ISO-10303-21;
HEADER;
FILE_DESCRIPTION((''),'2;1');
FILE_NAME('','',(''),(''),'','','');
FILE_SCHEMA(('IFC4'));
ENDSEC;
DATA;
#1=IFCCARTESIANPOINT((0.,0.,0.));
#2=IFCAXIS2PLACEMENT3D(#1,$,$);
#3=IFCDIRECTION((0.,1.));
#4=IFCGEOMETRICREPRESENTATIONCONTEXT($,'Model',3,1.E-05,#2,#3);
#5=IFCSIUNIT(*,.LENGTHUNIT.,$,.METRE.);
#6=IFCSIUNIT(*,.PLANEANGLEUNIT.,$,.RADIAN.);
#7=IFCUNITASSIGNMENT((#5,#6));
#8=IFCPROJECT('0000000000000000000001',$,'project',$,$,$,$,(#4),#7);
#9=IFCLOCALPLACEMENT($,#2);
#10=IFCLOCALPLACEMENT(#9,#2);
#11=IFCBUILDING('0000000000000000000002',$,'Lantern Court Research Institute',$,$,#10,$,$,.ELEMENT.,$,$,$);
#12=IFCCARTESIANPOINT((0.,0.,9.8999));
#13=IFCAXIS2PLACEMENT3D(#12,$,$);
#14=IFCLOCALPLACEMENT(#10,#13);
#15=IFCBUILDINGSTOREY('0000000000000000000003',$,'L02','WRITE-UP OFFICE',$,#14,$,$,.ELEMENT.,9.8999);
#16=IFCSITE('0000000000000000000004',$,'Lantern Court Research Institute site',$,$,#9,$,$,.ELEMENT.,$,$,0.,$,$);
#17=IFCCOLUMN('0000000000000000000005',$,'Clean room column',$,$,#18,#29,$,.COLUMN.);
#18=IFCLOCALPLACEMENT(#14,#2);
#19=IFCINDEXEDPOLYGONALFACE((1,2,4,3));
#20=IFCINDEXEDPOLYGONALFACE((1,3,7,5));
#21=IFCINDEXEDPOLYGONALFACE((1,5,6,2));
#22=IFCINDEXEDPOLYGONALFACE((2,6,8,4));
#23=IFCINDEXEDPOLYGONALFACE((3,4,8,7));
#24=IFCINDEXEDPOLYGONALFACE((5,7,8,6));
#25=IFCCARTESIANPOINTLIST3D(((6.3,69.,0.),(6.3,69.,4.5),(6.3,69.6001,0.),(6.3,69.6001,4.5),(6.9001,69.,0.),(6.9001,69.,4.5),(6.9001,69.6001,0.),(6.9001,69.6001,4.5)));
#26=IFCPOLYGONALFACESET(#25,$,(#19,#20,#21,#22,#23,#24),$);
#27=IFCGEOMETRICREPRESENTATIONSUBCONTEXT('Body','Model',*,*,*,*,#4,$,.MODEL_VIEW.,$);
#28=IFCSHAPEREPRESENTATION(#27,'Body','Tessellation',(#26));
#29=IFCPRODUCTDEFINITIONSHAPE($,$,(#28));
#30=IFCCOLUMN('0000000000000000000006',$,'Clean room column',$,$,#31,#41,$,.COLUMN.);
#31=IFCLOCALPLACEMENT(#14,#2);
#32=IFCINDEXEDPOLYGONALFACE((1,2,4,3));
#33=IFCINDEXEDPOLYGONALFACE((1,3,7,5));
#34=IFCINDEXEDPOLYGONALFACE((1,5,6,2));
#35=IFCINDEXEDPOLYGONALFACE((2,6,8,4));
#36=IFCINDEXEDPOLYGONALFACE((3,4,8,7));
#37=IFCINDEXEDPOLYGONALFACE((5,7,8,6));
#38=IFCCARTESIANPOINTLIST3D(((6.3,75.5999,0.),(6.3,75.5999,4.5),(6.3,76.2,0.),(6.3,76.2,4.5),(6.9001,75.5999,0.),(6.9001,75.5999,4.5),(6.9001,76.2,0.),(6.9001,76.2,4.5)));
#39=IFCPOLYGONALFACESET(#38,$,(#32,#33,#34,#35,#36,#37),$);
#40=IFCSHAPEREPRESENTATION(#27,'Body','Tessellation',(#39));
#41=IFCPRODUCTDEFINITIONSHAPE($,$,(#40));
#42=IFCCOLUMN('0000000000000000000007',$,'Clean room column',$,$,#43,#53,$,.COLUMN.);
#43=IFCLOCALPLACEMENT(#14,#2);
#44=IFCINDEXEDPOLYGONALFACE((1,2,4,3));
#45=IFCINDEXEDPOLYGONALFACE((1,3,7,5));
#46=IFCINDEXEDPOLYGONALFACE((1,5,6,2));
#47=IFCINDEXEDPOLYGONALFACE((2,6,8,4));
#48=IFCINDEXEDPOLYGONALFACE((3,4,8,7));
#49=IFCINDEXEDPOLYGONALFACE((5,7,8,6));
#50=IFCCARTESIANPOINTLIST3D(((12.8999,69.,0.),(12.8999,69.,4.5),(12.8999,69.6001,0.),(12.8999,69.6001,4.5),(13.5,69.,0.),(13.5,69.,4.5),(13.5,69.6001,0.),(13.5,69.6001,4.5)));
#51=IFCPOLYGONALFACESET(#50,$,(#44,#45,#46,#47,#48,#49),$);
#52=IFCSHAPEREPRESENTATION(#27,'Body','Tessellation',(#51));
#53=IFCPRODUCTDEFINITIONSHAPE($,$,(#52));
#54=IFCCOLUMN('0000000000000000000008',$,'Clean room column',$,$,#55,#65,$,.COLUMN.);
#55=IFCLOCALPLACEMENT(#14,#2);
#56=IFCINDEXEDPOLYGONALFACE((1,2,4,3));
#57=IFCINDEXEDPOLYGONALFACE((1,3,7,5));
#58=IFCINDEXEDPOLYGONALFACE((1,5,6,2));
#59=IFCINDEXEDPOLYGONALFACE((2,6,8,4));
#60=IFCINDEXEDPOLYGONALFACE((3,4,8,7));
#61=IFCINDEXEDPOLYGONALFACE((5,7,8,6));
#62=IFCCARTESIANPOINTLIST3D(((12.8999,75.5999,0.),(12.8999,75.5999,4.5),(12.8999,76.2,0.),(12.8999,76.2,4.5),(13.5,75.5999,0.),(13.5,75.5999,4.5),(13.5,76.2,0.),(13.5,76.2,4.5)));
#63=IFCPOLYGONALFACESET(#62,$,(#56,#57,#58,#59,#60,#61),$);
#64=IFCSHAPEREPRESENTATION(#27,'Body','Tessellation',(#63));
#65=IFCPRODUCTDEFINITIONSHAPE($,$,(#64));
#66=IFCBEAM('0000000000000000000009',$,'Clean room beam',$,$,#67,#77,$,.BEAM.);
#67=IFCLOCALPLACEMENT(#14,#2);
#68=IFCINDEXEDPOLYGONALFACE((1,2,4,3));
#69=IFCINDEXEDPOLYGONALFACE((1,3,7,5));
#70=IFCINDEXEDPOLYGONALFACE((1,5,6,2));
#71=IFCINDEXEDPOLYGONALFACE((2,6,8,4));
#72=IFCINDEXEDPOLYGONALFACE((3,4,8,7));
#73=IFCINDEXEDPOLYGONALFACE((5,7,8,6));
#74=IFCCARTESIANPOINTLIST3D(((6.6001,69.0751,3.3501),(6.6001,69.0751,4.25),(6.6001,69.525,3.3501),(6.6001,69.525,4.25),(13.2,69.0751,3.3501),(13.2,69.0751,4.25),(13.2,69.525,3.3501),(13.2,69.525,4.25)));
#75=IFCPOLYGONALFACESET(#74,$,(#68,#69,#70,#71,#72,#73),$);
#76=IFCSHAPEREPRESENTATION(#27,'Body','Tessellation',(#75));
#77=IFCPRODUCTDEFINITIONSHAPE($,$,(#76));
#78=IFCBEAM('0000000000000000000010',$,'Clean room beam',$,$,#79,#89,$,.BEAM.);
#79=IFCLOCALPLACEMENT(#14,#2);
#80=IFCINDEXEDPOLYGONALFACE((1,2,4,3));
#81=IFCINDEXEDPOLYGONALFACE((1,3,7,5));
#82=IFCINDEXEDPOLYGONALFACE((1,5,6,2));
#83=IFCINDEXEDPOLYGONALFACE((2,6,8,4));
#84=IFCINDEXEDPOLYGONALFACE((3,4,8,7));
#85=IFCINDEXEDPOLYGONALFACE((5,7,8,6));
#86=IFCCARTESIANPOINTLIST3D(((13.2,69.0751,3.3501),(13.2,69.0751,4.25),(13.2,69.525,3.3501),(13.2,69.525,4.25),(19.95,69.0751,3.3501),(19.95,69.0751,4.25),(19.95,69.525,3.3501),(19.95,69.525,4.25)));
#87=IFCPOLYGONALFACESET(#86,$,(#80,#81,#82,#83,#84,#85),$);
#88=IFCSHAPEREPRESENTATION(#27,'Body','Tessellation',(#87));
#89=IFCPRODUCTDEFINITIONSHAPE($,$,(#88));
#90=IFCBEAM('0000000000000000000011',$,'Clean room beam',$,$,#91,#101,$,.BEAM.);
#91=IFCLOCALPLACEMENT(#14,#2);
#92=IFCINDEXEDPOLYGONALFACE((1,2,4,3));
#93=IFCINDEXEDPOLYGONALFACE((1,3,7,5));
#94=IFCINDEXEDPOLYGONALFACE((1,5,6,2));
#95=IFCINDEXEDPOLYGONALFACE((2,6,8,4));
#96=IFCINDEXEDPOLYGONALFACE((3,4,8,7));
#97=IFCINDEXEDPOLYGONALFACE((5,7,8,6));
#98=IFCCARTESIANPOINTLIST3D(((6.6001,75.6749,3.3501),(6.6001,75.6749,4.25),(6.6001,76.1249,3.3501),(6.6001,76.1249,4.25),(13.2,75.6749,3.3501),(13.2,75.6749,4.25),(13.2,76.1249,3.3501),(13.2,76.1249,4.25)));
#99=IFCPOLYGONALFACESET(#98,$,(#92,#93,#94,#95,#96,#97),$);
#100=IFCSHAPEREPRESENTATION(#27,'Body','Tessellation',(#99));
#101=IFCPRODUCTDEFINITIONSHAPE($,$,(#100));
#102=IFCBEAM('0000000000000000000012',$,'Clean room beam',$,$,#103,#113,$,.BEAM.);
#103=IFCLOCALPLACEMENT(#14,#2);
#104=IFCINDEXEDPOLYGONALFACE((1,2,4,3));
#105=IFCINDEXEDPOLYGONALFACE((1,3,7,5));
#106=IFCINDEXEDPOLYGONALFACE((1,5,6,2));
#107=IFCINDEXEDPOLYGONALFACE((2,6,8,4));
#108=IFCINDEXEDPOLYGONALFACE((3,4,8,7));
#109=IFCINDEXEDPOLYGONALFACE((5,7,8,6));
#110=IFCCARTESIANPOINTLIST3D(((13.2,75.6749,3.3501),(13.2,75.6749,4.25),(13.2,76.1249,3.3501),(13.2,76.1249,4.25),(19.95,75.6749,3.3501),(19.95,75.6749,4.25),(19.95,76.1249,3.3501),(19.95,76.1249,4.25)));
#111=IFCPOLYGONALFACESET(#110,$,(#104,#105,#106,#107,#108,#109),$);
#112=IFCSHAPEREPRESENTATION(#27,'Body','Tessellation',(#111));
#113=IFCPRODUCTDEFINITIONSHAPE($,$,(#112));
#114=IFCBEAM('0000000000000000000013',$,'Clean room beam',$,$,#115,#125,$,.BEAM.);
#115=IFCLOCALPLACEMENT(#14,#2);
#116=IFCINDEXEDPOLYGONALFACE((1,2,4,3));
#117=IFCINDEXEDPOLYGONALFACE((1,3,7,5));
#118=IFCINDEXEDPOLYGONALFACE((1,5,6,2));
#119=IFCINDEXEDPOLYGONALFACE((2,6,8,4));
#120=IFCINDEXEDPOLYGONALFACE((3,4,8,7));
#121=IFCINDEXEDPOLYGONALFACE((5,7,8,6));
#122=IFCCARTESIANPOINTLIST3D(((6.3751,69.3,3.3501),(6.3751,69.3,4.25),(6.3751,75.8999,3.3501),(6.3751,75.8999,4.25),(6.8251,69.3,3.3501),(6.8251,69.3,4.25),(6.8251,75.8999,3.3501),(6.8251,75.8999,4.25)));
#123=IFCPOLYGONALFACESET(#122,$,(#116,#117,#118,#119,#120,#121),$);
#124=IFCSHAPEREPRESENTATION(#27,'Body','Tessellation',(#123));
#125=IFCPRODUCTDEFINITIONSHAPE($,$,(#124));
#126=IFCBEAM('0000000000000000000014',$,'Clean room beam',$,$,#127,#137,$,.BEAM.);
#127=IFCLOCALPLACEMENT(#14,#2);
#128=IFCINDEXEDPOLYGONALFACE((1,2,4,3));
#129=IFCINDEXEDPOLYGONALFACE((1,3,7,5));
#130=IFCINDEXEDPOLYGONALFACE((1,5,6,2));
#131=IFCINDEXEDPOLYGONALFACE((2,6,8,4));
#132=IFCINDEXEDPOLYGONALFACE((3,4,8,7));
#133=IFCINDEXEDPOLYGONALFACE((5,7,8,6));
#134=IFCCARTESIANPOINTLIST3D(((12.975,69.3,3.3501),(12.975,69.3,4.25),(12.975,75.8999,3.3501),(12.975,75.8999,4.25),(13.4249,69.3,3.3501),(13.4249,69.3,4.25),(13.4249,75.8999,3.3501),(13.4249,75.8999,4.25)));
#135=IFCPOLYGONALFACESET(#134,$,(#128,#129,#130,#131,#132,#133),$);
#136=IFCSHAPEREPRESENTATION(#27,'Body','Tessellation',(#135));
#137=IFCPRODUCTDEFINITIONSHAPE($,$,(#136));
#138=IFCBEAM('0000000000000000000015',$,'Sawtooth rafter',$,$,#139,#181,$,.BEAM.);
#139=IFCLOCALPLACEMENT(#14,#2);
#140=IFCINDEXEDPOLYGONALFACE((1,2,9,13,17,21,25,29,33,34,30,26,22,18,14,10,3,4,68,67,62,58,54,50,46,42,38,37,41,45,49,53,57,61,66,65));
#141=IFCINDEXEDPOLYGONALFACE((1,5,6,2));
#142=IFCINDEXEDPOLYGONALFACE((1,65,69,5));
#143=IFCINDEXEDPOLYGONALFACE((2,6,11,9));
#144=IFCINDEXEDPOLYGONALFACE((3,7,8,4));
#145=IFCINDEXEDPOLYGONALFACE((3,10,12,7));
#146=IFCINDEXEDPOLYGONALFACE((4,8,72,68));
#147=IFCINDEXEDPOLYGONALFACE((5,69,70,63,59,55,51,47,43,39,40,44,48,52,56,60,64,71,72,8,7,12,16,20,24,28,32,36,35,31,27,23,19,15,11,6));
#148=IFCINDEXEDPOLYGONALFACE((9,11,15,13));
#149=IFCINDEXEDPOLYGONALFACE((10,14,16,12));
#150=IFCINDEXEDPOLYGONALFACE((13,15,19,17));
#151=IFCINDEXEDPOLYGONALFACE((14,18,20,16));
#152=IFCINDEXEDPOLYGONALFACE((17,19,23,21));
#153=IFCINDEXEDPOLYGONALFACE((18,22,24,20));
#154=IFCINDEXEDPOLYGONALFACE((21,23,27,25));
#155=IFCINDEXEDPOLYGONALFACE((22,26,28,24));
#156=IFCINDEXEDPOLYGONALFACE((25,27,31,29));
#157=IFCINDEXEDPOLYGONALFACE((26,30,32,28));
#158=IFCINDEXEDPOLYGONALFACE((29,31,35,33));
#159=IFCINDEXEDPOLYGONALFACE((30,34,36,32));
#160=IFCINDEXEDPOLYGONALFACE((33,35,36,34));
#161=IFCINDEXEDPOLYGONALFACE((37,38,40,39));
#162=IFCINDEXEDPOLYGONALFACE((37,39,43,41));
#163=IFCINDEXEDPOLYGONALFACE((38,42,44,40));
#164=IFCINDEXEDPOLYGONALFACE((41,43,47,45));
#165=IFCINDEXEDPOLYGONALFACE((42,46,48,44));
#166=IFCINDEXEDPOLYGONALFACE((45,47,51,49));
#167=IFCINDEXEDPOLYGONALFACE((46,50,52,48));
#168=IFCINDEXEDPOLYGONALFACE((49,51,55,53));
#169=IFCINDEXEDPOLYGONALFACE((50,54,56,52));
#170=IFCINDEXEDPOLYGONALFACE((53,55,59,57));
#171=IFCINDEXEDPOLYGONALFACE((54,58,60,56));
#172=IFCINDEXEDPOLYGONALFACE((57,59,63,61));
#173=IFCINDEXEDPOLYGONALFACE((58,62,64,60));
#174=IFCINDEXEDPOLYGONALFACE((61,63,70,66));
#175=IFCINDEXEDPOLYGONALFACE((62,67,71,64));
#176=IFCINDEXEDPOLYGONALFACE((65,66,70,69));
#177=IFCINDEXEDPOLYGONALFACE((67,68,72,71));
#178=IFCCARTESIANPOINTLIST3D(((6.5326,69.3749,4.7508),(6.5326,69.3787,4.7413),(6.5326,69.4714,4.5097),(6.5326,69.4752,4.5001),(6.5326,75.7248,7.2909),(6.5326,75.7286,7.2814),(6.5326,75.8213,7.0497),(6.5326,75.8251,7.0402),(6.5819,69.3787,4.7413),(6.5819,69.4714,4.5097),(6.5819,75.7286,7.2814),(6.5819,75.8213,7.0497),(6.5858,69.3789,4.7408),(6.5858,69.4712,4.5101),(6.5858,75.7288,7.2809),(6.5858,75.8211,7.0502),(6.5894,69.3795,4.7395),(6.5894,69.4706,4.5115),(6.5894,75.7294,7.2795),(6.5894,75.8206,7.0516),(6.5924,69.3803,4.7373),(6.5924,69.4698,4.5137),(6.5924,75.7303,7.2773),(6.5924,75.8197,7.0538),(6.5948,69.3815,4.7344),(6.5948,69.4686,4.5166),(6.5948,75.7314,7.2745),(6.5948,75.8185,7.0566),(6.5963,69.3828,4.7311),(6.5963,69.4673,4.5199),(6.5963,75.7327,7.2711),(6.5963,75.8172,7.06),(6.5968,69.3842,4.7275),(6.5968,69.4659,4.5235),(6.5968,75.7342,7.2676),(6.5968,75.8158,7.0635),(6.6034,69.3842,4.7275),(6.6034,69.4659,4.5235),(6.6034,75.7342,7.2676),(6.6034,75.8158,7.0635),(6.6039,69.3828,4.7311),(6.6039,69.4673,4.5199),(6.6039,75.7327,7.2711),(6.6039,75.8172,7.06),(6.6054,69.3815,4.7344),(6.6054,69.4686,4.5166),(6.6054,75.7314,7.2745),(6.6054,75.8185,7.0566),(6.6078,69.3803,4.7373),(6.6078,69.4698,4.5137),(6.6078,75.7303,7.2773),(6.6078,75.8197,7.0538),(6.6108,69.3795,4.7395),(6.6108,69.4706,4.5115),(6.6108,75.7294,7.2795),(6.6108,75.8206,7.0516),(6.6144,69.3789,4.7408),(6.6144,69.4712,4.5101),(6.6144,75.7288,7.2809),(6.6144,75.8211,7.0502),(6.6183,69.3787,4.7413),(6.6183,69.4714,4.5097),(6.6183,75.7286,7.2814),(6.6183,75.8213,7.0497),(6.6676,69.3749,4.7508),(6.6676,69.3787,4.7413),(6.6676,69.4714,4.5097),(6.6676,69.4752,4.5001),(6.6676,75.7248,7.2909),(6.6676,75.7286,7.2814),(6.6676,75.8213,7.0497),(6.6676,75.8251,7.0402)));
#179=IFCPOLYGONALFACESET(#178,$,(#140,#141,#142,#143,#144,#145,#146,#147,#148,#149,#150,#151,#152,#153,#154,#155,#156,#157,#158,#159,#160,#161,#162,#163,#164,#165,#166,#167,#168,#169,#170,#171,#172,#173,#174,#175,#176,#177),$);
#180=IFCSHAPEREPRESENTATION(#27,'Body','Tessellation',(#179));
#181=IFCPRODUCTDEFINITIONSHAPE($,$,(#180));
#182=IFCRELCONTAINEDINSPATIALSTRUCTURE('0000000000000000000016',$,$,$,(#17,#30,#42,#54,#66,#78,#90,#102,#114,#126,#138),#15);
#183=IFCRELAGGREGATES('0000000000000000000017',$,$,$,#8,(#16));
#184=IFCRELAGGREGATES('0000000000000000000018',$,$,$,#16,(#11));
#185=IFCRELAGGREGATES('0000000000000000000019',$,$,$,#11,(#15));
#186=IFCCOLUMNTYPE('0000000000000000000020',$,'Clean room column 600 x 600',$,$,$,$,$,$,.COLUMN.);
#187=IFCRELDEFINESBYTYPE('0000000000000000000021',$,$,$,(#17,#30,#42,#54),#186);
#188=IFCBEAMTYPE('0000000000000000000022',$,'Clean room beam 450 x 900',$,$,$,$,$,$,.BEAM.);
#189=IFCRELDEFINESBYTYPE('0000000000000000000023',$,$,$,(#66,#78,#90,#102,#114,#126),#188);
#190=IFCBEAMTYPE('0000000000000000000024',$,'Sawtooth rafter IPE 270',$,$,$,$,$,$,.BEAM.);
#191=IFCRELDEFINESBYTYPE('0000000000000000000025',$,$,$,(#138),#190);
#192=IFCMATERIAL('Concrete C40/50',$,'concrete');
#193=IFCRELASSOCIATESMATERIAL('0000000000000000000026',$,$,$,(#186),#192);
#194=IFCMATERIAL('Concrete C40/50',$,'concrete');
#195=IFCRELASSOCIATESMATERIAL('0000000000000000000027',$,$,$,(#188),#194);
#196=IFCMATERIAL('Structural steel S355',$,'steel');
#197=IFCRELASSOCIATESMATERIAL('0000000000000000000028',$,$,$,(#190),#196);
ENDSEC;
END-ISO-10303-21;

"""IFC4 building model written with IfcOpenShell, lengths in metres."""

from ifc_helpers import new_model, si_unit, direction, frame, origin, origin_2d, place, context, subcontext, project, spatial, rectangle, i_section, extrude, material, material_profile, profile_set, type_object, element, save


model = new_model("IFC4")

# Units and contexts
model_context = context("Model", 3, precision=1e-05, world=origin(), true_north=direction((0.0, 1.0)))
body_context = subcontext(model_context, "Body", "Model", "MODEL_VIEW")
ifc_project = project(units=[si_unit("LENGTHUNIT", "METRE"), si_unit("PLANEANGLEUNIT", "RADIAN")], contexts=[model_context])

# Site, building, storey
site_placement = place(None, origin())
site = spatial("IfcSite", under=ifc_project, at=site_placement, Name="Lantern Court Research Institute site", CompositionType="ELEMENT", RefElevation=0.0)
building_placement = place(site_placement, origin())
building = spatial("IfcBuilding", under=site, at=building_placement, Name="Lantern Court Research Institute", CompositionType="ELEMENT")
storey_placement = place(building_placement, frame((0.0, 0.0, 9.8999)))
storey = spatial("IfcBuildingStorey", under=building, at=storey_placement, Name="L02", Description="WRITE-UP OFFICE", CompositionType="ELEMENT", Elevation=9.8999)

# Columns
ifc_material_1 = material(Name="Concrete C40/50", Category="concrete")
ifc_material_profile_1 = material_profile(ifc_material_1, rectangle(XDim=0.6001, YDim=0.6001, at=origin_2d()), Name="Clean room column 600 x 600")
ifc_profile_set_1 = profile_set([ifc_material_profile_1], Name="Concrete C40/50")
column_type = type_object("IfcColumnType", Name="Clean room column 600 x 600", PredefinedType="COLUMN", material=ifc_profile_set_1)
for number, where, z_axis, x_axis, name in (
    (1, (6.6001, 69.3, 0.0), (0.0, 0.0, 1.0), (1.0, 0.0, 0.0), "Clean room column"),
    (2, (6.6001, 75.8999, 0.0), (0.0, 0.0, 1.0), (1.0, 0.0, 0.0), "Clean room column"),
    (3, (13.2, 69.3, 0.0), (0.0, 0.0, 1.0), (1.0, 0.0, 0.0), "Clean room column"),
    (4, (13.2, 75.8999, 0.0), (0.0, 0.0, 1.0), (1.0, 0.0, 0.0), "Clean room column"),
):
    element("IfcColumn", number, at=place(storey_placement, frame(where, z_axis=z_axis, x_axis=x_axis)), inside=storey, type_object=column_type, Name=name, PredefinedType="COLUMN", context=body_context, shape_type="SweptSolid", body=[
        extrude(rectangle(XDim=0.6001, YDim=0.6001, at=origin_2d()), origin(), (0.0, 0.0, 1.0), 4.5),
    ])

# Beams
ifc_material_2 = material(Name="Concrete C40/50", Category="concrete")
ifc_material_profile_2 = material_profile(ifc_material_2, rectangle(XDim=0.45, YDim=0.8999, at=origin_2d()), Name="Clean room beam 450 x 900")
ifc_profile_set_2 = profile_set([ifc_material_profile_2], Name="Concrete C40/50")
beam_type_1 = type_object("IfcBeamType", Name="Clean room beam 450 x 900", PredefinedType="BEAM", material=ifc_profile_set_2)
beam_1_placement = place(storey_placement, frame((6.6001, 69.3, 3.8), z_axis=(1.0, 0.0, 0.0), x_axis=(0.0, 1.0, 0.0)))
element("IfcBeam", 5, at=beam_1_placement, inside=storey, type_object=beam_type_1, Name="Clean room beam", PredefinedType="BEAM", context=body_context, shape_type="SweptSolid", body=[
    extrude(rectangle(XDim=0.45, YDim=0.8999, at=origin_2d()), origin(), (0.0, 0.0, 1.0), 6.5999),
])
beam_2_placement = place(storey_placement, frame((13.2, 69.3, 3.8), z_axis=(1.0, 0.0, 0.0), x_axis=(0.0, 1.0, 0.0)))
element("IfcBeam", 6, at=beam_2_placement, inside=storey, type_object=beam_type_1, Name="Clean room beam", PredefinedType="BEAM", context=body_context, shape_type="SweptSolid", body=[
    extrude(rectangle(XDim=0.45, YDim=0.8999, at=origin_2d()), origin(), (0.0, 0.0, 1.0), 6.75),
])
beam_3_placement = place(storey_placement, frame((6.6001, 75.8999, 3.8), z_axis=(1.0, 0.0, 0.0), x_axis=(0.0, 1.0, 0.0)))
element("IfcBeam", 7, at=beam_3_placement, inside=storey, type_object=beam_type_1, Name="Clean room beam", PredefinedType="BEAM", context=body_context, shape_type="SweptSolid", body=[
    extrude(rectangle(XDim=0.45, YDim=0.8999, at=origin_2d()), origin(), (0.0, 0.0, 1.0), 6.5999),
])
beam_4_placement = place(storey_placement, frame((13.2, 75.8999, 3.8), z_axis=(1.0, 0.0, 0.0), x_axis=(0.0, 1.0, 0.0)))
element("IfcBeam", 8, at=beam_4_placement, inside=storey, type_object=beam_type_1, Name="Clean room beam", PredefinedType="BEAM", context=body_context, shape_type="SweptSolid", body=[
    extrude(rectangle(XDim=0.45, YDim=0.8999, at=origin_2d()), origin(), (0.0, 0.0, 1.0), 6.75),
])
for number, where, z_axis, x_axis, name in (
    (9, (6.6001, 69.3, 3.8), (0.0, 1.0, 0.0), (-1.0, 0.0, 0.0), "Clean room beam"),
    (10, (13.2, 69.3, 3.8), (0.0, 1.0, 0.0), (-1.0, 0.0, 0.0), "Clean room beam"),
):
    element("IfcBeam", number, at=place(storey_placement, frame(where, z_axis=z_axis, x_axis=x_axis)), inside=storey, type_object=beam_type_1, Name=name, PredefinedType="BEAM", context=body_context, shape_type="SweptSolid", body=[
        extrude(rectangle(XDim=0.45, YDim=0.8999, at=origin_2d()), origin(), (0.0, 0.0, 1.0), 6.5999),
    ])
ifc_material_3 = material(Name="Structural steel S355", Category="steel")
ifc_material_profile_3 = material_profile(ifc_material_3, i_section(OverallWidth=0.135, OverallDepth=0.27, WebThickness=0.0066, FlangeThickness=0.0103, FilletRadius=0.0149, at=origin_2d()), Name="IPE 270")
ifc_profile_set_3 = profile_set([ifc_material_profile_3], Name="Structural steel S355")
beam_type_2 = type_object("IfcBeamType", Name="Sawtooth rafter IPE 270", PredefinedType="BEAM", material=ifc_profile_set_3)
for number, where, z_axis, x_axis, name in (
    (11, (6.6001, 69.425, 4.6255), (0.0, 0.928472, 0.371403), (-1.0, 0.0, 0.0), "Sawtooth rafter"),
):
    element("IfcBeam", number, at=place(storey_placement, frame(where, z_axis=z_axis, x_axis=x_axis)), inside=storey, type_object=beam_type_2, Name=name, PredefinedType="BEAM", context=body_context, shape_type="SweptSolid", body=[
        extrude(i_section(OverallWidth=0.135, OverallDepth=0.27, WebThickness=0.0066, FlangeThickness=0.0103, FilletRadius=0.0149, at=origin_2d()), origin(), (0.0, 0.0, 1.0), 6.8391),
    ])

save(model, "model.ifc")
